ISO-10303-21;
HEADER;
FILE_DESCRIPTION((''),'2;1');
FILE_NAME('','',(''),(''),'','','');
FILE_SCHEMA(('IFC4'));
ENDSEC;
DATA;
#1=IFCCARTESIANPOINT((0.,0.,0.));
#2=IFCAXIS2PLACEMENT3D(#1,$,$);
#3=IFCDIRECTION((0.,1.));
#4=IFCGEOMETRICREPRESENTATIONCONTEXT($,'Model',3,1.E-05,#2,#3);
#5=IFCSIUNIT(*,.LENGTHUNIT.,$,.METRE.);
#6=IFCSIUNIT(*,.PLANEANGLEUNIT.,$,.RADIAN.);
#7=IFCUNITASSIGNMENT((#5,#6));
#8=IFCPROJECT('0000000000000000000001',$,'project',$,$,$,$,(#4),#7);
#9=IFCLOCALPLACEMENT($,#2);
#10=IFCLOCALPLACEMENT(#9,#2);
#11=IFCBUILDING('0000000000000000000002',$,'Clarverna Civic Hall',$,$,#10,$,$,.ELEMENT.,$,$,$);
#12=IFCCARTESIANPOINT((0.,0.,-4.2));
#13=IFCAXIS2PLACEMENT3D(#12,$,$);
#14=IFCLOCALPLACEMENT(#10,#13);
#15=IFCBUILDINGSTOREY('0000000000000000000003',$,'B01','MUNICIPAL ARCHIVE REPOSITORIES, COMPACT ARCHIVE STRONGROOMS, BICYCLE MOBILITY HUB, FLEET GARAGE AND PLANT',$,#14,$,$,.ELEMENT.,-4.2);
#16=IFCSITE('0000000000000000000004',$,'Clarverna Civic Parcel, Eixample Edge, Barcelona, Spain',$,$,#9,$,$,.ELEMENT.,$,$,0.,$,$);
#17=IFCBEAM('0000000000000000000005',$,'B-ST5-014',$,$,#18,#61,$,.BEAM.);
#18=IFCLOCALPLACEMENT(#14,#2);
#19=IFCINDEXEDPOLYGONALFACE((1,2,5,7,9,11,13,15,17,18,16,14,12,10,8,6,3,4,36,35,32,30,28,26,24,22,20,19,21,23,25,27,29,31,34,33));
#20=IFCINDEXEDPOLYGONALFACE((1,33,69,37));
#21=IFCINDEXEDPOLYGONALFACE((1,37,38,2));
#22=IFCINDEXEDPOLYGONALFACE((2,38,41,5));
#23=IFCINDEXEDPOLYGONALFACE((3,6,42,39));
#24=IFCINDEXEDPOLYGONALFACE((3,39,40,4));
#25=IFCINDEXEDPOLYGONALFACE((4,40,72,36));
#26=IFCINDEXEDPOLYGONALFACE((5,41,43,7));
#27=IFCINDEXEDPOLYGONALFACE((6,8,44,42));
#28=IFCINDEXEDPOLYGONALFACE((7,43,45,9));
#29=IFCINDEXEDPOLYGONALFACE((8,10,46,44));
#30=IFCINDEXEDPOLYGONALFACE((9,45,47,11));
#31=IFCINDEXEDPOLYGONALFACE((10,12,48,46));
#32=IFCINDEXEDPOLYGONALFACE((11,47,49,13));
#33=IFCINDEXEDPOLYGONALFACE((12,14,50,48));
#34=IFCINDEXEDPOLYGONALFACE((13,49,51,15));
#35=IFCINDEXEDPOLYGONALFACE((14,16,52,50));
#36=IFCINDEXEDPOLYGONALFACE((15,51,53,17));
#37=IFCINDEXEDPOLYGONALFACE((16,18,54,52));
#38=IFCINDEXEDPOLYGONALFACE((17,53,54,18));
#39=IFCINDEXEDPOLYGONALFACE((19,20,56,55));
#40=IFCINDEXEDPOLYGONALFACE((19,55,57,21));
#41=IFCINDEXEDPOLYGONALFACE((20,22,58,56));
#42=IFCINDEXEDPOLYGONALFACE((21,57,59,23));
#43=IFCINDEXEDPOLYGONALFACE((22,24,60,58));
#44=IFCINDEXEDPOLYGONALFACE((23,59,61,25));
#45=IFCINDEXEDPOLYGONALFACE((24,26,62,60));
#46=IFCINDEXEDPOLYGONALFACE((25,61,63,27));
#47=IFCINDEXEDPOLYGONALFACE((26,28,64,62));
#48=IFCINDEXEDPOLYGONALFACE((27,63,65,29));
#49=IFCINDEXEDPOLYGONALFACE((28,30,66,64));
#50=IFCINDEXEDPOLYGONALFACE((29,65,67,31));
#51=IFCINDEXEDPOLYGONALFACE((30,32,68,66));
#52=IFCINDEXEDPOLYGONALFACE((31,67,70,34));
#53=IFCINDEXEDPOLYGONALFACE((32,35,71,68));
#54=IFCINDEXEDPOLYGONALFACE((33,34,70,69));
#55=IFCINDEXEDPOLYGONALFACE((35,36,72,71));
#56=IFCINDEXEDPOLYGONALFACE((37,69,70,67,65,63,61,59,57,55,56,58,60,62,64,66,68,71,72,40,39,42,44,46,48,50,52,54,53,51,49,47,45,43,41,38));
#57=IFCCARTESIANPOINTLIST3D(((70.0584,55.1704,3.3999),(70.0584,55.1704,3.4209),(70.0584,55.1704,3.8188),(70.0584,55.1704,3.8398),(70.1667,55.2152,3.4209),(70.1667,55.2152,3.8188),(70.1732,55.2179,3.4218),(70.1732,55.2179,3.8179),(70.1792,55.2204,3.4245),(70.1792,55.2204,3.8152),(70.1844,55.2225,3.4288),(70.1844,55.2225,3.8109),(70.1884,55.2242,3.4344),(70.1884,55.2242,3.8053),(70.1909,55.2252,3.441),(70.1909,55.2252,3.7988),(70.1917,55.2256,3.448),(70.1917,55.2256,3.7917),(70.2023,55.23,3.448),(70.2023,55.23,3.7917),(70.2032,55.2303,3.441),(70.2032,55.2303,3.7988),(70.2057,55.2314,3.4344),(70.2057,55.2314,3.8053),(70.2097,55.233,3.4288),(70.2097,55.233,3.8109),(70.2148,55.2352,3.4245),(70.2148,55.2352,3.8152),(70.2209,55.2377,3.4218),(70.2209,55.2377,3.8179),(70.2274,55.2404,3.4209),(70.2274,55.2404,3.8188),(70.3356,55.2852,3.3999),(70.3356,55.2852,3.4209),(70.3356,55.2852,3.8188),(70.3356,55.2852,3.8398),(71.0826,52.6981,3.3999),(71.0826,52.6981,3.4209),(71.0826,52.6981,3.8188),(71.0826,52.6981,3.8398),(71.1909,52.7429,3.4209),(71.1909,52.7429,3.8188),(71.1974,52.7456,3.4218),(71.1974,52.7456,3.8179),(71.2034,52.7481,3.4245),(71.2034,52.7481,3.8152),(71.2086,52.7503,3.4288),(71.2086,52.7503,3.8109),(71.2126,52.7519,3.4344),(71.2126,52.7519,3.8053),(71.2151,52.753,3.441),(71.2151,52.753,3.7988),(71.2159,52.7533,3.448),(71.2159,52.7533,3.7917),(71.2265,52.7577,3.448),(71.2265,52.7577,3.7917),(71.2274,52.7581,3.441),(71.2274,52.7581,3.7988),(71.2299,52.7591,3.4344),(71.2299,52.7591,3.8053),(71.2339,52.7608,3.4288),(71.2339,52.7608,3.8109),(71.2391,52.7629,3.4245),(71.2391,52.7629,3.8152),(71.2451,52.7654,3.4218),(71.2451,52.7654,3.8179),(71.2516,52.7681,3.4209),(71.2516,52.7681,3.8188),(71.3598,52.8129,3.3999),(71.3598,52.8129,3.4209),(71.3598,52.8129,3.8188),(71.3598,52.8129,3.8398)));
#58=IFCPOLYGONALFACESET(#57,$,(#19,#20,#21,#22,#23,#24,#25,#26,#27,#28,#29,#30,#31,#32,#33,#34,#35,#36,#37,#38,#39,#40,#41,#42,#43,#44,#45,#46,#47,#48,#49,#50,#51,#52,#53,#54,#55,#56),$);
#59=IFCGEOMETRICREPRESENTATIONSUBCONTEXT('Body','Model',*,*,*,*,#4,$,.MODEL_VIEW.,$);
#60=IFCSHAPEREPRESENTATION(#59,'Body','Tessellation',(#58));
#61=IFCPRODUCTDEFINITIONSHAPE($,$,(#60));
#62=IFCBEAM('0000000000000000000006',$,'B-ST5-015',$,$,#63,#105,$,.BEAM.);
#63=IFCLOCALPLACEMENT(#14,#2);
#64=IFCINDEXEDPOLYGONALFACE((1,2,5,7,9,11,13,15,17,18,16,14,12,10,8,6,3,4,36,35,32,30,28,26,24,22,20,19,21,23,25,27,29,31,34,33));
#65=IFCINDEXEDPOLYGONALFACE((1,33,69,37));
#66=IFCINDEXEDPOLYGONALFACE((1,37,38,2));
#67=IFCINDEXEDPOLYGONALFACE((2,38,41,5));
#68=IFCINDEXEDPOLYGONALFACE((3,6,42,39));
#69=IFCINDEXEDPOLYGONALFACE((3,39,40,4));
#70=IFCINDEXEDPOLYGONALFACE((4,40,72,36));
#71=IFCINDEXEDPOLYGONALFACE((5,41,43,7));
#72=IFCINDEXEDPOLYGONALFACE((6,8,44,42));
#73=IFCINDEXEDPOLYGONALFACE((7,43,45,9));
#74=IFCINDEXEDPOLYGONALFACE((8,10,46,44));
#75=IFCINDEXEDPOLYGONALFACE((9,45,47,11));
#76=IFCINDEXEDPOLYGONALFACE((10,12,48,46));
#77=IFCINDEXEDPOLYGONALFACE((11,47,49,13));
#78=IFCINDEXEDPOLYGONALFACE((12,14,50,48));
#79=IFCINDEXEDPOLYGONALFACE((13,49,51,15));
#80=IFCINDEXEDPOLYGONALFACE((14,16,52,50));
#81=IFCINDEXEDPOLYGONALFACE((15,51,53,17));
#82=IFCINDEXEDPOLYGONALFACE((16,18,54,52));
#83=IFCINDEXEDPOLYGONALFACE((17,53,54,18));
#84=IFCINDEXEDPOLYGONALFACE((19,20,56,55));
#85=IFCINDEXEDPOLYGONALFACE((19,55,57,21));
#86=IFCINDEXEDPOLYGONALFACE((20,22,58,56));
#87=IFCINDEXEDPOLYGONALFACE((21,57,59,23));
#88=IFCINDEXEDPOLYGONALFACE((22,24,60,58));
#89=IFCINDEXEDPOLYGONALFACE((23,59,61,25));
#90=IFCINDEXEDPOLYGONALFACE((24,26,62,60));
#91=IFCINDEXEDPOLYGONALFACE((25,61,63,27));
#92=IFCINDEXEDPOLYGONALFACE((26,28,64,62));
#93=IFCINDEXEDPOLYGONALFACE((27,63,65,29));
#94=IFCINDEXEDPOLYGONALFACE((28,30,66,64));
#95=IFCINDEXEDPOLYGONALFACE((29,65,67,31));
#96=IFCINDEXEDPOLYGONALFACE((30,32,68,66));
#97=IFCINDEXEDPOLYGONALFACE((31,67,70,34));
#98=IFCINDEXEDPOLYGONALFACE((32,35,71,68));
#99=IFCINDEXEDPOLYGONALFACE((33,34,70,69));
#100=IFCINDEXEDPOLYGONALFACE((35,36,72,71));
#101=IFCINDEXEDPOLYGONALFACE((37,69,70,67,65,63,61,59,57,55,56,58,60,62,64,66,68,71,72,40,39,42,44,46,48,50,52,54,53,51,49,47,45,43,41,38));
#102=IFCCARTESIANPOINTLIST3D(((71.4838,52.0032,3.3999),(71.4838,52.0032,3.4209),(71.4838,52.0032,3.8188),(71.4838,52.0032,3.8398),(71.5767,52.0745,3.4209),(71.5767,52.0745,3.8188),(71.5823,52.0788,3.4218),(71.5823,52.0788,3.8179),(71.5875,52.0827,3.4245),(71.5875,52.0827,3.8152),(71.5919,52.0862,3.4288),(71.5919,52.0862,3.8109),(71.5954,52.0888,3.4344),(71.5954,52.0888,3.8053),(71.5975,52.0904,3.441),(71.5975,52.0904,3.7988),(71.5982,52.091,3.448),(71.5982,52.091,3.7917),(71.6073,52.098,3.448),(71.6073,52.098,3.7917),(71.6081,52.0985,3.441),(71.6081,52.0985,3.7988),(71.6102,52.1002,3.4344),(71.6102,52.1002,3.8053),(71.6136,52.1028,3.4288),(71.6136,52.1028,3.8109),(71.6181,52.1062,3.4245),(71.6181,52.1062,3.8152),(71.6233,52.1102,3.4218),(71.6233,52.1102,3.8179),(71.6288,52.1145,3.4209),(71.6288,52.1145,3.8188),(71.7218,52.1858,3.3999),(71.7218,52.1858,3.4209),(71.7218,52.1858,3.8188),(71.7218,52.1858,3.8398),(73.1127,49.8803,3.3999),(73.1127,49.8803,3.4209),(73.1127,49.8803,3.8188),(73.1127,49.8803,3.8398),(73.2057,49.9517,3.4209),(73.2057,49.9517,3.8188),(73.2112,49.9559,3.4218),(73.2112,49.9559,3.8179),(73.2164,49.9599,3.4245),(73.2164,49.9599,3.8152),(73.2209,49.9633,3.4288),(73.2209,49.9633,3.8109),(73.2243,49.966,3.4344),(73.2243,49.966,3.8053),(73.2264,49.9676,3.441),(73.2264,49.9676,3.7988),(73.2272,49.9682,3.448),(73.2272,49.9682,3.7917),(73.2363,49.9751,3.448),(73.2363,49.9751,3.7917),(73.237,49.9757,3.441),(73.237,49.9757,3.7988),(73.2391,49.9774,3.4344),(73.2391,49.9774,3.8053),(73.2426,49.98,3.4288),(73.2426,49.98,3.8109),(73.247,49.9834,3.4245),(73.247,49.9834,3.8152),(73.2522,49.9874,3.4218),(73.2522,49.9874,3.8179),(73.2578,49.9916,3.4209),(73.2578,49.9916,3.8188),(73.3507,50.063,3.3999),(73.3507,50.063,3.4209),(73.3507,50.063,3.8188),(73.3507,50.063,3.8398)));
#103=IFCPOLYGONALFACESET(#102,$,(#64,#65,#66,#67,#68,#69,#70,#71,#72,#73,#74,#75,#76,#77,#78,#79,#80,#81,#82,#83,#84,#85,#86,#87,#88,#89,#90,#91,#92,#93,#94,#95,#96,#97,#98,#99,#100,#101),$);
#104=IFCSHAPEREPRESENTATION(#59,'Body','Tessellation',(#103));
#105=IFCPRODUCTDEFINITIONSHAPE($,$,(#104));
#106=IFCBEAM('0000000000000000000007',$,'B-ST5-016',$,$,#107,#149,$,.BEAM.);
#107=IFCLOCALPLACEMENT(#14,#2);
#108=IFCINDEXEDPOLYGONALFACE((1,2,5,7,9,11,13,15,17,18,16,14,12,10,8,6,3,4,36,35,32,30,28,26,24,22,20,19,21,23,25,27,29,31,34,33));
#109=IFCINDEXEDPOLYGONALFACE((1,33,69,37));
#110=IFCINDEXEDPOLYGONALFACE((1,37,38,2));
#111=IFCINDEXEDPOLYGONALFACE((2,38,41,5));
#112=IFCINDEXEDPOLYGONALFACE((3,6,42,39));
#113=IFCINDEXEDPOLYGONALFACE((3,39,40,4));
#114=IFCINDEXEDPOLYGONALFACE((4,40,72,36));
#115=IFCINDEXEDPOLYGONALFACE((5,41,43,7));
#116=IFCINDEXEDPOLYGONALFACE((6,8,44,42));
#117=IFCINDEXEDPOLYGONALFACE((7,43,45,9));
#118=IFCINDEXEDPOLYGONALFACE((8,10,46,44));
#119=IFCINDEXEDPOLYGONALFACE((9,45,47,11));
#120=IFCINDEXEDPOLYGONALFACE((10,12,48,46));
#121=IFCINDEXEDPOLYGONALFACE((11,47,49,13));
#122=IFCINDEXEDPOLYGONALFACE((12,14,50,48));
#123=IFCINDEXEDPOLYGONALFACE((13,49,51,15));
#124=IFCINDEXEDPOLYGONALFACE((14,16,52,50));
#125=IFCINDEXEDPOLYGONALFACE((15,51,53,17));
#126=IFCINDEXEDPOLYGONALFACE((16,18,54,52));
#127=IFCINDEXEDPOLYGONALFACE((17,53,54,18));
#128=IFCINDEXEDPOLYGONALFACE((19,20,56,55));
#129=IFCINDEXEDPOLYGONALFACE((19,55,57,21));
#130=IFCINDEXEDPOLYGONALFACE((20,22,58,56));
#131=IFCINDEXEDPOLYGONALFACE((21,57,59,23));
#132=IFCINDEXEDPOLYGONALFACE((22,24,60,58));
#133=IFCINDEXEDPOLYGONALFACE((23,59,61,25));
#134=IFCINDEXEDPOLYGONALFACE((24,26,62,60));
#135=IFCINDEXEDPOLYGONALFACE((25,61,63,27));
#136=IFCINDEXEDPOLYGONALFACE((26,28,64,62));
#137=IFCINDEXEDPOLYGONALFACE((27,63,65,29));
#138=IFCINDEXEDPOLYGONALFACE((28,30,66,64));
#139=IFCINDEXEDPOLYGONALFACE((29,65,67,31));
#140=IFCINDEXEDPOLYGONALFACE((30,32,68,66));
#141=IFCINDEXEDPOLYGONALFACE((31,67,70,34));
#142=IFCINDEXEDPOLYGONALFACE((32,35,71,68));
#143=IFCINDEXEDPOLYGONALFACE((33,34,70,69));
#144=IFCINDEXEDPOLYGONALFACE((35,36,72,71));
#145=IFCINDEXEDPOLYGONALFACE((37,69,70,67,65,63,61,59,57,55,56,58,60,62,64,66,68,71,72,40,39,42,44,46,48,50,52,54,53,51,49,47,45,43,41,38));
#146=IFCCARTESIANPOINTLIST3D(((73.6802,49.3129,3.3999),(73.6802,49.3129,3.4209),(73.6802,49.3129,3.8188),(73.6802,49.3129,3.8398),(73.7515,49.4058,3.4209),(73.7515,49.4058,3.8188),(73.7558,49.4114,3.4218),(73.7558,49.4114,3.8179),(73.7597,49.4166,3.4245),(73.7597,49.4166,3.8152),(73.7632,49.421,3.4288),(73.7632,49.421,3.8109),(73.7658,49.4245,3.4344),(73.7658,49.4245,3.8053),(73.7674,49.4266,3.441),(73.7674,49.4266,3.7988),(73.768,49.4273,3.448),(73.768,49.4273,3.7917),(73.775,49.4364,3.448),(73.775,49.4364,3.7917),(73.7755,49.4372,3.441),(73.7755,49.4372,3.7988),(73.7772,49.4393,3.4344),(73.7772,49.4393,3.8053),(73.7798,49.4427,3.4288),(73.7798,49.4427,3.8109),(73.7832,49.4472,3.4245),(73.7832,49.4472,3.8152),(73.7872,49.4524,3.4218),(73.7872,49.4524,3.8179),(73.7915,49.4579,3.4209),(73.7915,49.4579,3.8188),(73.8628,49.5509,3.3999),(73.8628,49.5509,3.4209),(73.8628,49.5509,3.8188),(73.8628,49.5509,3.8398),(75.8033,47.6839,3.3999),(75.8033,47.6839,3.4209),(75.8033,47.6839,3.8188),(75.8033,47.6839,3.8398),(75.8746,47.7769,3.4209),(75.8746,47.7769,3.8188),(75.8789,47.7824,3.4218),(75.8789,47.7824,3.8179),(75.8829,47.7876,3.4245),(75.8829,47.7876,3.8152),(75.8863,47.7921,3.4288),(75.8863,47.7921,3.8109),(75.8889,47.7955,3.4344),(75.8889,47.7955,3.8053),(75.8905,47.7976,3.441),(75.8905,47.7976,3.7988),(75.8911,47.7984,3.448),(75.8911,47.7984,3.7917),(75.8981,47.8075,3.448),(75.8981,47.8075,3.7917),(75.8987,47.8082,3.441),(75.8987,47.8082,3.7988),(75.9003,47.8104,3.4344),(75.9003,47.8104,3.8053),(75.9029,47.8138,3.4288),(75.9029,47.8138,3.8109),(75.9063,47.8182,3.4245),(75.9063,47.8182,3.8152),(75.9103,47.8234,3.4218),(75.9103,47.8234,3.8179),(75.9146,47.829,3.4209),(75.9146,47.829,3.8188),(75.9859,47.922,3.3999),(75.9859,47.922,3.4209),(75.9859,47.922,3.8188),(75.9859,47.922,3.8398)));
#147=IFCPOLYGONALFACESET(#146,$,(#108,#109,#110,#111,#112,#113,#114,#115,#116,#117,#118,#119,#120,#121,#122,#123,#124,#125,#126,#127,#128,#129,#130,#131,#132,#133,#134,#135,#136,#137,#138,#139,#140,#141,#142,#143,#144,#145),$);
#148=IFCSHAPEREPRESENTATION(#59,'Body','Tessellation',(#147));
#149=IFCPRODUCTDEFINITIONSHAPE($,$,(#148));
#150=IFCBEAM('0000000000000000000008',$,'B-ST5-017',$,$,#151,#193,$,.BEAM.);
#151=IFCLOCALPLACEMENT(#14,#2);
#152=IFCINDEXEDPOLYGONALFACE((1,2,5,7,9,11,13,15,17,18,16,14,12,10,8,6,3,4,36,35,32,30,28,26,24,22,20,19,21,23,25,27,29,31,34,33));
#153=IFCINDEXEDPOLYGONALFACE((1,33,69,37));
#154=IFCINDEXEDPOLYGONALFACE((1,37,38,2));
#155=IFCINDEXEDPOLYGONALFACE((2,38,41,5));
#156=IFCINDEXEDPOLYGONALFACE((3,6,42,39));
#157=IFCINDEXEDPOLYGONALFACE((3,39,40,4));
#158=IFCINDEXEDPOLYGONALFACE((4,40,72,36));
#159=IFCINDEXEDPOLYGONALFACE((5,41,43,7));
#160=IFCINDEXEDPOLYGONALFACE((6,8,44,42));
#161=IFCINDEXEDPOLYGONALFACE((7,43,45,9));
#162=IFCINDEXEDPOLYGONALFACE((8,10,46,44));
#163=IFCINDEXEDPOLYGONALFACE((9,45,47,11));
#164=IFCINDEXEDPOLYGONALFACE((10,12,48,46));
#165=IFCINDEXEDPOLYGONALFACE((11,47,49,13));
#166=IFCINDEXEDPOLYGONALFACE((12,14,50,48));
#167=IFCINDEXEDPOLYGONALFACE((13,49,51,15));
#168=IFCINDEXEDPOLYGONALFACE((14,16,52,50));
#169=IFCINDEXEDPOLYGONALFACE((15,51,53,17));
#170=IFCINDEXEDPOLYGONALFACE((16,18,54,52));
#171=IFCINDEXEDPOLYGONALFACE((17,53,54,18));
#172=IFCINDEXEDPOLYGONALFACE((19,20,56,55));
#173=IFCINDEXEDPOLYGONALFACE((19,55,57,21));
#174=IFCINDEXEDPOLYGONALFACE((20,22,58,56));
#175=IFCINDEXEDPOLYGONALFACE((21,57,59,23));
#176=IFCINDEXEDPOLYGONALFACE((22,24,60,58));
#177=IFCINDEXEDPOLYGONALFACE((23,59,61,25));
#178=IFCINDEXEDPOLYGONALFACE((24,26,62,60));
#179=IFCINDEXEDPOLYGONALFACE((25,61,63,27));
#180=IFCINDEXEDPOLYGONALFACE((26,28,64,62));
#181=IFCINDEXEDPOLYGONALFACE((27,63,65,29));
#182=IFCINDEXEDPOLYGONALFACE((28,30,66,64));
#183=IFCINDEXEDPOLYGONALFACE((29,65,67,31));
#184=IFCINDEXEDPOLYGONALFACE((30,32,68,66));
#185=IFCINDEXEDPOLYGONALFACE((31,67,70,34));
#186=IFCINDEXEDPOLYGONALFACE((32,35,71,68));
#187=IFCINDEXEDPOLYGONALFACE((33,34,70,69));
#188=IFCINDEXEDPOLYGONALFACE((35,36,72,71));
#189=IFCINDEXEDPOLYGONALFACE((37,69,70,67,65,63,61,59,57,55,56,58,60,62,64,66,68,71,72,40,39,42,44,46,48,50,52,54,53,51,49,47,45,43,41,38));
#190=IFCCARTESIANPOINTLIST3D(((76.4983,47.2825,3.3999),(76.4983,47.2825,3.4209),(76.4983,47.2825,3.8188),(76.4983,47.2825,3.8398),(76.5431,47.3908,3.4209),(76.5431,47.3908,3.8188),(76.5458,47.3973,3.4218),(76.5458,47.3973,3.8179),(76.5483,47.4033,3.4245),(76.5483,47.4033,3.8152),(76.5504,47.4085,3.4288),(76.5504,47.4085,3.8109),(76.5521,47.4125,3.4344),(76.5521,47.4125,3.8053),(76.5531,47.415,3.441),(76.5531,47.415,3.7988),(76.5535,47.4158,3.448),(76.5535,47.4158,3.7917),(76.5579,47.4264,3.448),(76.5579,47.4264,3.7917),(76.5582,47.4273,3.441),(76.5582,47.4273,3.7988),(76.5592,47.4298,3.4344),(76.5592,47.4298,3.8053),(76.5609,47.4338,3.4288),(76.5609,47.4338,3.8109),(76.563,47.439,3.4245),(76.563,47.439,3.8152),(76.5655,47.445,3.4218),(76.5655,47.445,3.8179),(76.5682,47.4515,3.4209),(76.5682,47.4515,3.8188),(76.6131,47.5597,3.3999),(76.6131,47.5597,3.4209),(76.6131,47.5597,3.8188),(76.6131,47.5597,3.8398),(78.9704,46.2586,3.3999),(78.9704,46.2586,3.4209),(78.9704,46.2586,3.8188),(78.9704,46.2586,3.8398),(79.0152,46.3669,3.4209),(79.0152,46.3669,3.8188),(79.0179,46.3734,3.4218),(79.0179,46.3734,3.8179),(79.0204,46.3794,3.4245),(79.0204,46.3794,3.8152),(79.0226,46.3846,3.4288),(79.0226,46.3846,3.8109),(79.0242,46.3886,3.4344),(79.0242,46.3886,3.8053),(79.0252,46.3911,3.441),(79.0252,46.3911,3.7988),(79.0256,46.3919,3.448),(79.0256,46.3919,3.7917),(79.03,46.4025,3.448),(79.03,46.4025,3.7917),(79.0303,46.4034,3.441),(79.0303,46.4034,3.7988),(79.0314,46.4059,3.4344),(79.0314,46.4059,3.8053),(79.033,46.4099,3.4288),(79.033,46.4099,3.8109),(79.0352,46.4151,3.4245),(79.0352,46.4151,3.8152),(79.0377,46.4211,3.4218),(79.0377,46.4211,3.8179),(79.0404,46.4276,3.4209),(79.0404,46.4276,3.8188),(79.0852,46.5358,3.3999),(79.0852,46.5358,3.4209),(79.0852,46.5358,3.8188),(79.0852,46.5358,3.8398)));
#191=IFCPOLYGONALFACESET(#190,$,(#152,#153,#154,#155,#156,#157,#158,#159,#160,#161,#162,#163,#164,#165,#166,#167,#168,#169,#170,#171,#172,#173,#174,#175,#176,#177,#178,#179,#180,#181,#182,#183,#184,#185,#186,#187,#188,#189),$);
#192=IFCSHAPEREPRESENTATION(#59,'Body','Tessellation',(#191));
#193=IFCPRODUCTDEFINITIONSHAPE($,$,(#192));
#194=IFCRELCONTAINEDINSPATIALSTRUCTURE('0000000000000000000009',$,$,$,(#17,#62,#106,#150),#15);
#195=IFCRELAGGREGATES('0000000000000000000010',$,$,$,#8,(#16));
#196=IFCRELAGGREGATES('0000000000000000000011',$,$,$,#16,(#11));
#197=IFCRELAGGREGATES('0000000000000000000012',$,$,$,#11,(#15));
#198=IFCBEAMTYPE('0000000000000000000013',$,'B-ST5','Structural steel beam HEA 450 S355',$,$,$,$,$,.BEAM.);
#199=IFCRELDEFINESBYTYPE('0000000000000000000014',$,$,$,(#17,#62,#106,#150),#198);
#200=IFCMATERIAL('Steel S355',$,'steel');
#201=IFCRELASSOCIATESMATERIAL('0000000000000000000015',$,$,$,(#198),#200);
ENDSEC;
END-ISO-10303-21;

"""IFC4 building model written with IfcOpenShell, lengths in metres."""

from ifc_helpers import new_model, si_unit, direction, frame, origin, origin_2d, place, context, subcontext, project, spatial, i_section, extrude, material, material_profile, profile_set, type_object, element, save


model = new_model("IFC4")

# Units and contexts
model_context = context("Model", 3, precision=1e-05, world=origin(), true_north=direction((0.0, 1.0)))
body_context = subcontext(model_context, "Body", "Model", "MODEL_VIEW")
ifc_project = project(units=[si_unit("LENGTHUNIT", "METRE"), si_unit("PLANEANGLEUNIT", "RADIAN")], contexts=[model_context])

# Site, building, storey
site_placement = place(None, origin())
site = spatial("IfcSite", under=ifc_project, at=site_placement, Name="Clarverna Civic Parcel, Eixample Edge, Barcelona, Spain", CompositionType="ELEMENT", RefElevation=0.0)
building_placement = place(site_placement, origin())
building = spatial("IfcBuilding", under=site, at=building_placement, Name="Clarverna Civic Hall", CompositionType="ELEMENT")
storey_placement = place(building_placement, frame((0.0, 0.0, -4.2)))
storey = spatial("IfcBuildingStorey", under=building, at=storey_placement, Name="B01", Description="MUNICIPAL ARCHIVE REPOSITORIES, COMPACT ARCHIVE STRONGROOMS, BICYCLE MOBILITY HUB, FLEET GARAGE AND PLANT", CompositionType="ELEMENT", Elevation=-4.2)

# Beams
ifc_material_1 = material(Name="Steel S355", Category="steel")
ifc_material_profile_1 = material_profile(ifc_material_1, i_section(OverallWidth=0.3, OverallDepth=0.4399, WebThickness=0.0115, FlangeThickness=0.021, FilletRadius=0.0271, at=origin_2d()), Name="HEA 450")
ifc_profile_set_1 = profile_set([ifc_material_profile_1], Name="Steel S355")
beam_type = type_object("IfcBeamType", Name="B-ST5", Description="Structural steel beam HEA 450 S355", PredefinedType="BEAM", material=ifc_profile_set_1)
beam_1_placement = place(storey_placement, frame((70.197, 55.2278, 3.6199), z_axis=(0.382736, -0.923858, 0.0), x_axis=(0.923858, 0.382736, 0.0)))
element("IfcBeam", 1, at=beam_1_placement, inside=storey, type_object=beam_type, Name="B-ST5-014", PredefinedType="BEAM", context=body_context, shape_type="SweptSolid", body=[
    extrude(i_section(OverallWidth=0.3, OverallDepth=0.4399, WebThickness=0.0115, FlangeThickness=0.021, FilletRadius=0.0271, at=origin_2d()), origin(), (0.0, 0.0, 1.0), 2.676),
])
beam_2_placement = place(storey_placement, frame((71.6028, 52.0945, 3.6199), z_axis=(0.608767, -0.793349, 0.0), x_axis=(0.793349, 0.608767, 0.0)))
element("IfcBeam", 2, at=beam_2_placement, inside=storey, type_object=beam_type, Name="B-ST5-015", PredefinedType="BEAM", context=body_context, shape_type="SweptSolid", body=[
    extrude(i_section(OverallWidth=0.3, OverallDepth=0.4399, WebThickness=0.0115, FlangeThickness=0.021, FilletRadius=0.0271, at=origin_2d()), origin(), (0.0, 0.0, 1.0), 2.6758),
])
beam_3_placement = place(storey_placement, frame((73.7715, 49.4319, 3.6199), z_axis=(0.793383, -0.608723, 0.0), x_axis=(0.608723, 0.793383, 0.0)))
element("IfcBeam", 3, at=beam_3_placement, inside=storey, type_object=beam_type, Name="B-ST5-016", PredefinedType="BEAM", context=body_context, shape_type="SweptSolid", body=[
    extrude(i_section(OverallWidth=0.3, OverallDepth=0.4399, WebThickness=0.0115, FlangeThickness=0.021, FilletRadius=0.0271, at=origin_2d()), origin(), (0.0, 0.0, 1.0), 2.676),
])
beam_4_placement = place(storey_placement, frame((76.5557, 47.4211, 3.6199), z_axis=(0.92389, -0.382658, 0.0), x_axis=(0.382658, 0.92389, 0.0)))
element("IfcBeam", 4, at=beam_4_placement, inside=storey, type_object=beam_type, Name="B-ST5-017", PredefinedType="BEAM", context=body_context, shape_type="SweptSolid", body=[
    extrude(i_section(OverallWidth=0.3, OverallDepth=0.4399, WebThickness=0.0115, FlangeThickness=0.021, FilletRadius=0.0271, at=origin_2d()), origin(), (0.0, 0.0, 1.0), 2.6758),
])

save(model, "model.ifc")
